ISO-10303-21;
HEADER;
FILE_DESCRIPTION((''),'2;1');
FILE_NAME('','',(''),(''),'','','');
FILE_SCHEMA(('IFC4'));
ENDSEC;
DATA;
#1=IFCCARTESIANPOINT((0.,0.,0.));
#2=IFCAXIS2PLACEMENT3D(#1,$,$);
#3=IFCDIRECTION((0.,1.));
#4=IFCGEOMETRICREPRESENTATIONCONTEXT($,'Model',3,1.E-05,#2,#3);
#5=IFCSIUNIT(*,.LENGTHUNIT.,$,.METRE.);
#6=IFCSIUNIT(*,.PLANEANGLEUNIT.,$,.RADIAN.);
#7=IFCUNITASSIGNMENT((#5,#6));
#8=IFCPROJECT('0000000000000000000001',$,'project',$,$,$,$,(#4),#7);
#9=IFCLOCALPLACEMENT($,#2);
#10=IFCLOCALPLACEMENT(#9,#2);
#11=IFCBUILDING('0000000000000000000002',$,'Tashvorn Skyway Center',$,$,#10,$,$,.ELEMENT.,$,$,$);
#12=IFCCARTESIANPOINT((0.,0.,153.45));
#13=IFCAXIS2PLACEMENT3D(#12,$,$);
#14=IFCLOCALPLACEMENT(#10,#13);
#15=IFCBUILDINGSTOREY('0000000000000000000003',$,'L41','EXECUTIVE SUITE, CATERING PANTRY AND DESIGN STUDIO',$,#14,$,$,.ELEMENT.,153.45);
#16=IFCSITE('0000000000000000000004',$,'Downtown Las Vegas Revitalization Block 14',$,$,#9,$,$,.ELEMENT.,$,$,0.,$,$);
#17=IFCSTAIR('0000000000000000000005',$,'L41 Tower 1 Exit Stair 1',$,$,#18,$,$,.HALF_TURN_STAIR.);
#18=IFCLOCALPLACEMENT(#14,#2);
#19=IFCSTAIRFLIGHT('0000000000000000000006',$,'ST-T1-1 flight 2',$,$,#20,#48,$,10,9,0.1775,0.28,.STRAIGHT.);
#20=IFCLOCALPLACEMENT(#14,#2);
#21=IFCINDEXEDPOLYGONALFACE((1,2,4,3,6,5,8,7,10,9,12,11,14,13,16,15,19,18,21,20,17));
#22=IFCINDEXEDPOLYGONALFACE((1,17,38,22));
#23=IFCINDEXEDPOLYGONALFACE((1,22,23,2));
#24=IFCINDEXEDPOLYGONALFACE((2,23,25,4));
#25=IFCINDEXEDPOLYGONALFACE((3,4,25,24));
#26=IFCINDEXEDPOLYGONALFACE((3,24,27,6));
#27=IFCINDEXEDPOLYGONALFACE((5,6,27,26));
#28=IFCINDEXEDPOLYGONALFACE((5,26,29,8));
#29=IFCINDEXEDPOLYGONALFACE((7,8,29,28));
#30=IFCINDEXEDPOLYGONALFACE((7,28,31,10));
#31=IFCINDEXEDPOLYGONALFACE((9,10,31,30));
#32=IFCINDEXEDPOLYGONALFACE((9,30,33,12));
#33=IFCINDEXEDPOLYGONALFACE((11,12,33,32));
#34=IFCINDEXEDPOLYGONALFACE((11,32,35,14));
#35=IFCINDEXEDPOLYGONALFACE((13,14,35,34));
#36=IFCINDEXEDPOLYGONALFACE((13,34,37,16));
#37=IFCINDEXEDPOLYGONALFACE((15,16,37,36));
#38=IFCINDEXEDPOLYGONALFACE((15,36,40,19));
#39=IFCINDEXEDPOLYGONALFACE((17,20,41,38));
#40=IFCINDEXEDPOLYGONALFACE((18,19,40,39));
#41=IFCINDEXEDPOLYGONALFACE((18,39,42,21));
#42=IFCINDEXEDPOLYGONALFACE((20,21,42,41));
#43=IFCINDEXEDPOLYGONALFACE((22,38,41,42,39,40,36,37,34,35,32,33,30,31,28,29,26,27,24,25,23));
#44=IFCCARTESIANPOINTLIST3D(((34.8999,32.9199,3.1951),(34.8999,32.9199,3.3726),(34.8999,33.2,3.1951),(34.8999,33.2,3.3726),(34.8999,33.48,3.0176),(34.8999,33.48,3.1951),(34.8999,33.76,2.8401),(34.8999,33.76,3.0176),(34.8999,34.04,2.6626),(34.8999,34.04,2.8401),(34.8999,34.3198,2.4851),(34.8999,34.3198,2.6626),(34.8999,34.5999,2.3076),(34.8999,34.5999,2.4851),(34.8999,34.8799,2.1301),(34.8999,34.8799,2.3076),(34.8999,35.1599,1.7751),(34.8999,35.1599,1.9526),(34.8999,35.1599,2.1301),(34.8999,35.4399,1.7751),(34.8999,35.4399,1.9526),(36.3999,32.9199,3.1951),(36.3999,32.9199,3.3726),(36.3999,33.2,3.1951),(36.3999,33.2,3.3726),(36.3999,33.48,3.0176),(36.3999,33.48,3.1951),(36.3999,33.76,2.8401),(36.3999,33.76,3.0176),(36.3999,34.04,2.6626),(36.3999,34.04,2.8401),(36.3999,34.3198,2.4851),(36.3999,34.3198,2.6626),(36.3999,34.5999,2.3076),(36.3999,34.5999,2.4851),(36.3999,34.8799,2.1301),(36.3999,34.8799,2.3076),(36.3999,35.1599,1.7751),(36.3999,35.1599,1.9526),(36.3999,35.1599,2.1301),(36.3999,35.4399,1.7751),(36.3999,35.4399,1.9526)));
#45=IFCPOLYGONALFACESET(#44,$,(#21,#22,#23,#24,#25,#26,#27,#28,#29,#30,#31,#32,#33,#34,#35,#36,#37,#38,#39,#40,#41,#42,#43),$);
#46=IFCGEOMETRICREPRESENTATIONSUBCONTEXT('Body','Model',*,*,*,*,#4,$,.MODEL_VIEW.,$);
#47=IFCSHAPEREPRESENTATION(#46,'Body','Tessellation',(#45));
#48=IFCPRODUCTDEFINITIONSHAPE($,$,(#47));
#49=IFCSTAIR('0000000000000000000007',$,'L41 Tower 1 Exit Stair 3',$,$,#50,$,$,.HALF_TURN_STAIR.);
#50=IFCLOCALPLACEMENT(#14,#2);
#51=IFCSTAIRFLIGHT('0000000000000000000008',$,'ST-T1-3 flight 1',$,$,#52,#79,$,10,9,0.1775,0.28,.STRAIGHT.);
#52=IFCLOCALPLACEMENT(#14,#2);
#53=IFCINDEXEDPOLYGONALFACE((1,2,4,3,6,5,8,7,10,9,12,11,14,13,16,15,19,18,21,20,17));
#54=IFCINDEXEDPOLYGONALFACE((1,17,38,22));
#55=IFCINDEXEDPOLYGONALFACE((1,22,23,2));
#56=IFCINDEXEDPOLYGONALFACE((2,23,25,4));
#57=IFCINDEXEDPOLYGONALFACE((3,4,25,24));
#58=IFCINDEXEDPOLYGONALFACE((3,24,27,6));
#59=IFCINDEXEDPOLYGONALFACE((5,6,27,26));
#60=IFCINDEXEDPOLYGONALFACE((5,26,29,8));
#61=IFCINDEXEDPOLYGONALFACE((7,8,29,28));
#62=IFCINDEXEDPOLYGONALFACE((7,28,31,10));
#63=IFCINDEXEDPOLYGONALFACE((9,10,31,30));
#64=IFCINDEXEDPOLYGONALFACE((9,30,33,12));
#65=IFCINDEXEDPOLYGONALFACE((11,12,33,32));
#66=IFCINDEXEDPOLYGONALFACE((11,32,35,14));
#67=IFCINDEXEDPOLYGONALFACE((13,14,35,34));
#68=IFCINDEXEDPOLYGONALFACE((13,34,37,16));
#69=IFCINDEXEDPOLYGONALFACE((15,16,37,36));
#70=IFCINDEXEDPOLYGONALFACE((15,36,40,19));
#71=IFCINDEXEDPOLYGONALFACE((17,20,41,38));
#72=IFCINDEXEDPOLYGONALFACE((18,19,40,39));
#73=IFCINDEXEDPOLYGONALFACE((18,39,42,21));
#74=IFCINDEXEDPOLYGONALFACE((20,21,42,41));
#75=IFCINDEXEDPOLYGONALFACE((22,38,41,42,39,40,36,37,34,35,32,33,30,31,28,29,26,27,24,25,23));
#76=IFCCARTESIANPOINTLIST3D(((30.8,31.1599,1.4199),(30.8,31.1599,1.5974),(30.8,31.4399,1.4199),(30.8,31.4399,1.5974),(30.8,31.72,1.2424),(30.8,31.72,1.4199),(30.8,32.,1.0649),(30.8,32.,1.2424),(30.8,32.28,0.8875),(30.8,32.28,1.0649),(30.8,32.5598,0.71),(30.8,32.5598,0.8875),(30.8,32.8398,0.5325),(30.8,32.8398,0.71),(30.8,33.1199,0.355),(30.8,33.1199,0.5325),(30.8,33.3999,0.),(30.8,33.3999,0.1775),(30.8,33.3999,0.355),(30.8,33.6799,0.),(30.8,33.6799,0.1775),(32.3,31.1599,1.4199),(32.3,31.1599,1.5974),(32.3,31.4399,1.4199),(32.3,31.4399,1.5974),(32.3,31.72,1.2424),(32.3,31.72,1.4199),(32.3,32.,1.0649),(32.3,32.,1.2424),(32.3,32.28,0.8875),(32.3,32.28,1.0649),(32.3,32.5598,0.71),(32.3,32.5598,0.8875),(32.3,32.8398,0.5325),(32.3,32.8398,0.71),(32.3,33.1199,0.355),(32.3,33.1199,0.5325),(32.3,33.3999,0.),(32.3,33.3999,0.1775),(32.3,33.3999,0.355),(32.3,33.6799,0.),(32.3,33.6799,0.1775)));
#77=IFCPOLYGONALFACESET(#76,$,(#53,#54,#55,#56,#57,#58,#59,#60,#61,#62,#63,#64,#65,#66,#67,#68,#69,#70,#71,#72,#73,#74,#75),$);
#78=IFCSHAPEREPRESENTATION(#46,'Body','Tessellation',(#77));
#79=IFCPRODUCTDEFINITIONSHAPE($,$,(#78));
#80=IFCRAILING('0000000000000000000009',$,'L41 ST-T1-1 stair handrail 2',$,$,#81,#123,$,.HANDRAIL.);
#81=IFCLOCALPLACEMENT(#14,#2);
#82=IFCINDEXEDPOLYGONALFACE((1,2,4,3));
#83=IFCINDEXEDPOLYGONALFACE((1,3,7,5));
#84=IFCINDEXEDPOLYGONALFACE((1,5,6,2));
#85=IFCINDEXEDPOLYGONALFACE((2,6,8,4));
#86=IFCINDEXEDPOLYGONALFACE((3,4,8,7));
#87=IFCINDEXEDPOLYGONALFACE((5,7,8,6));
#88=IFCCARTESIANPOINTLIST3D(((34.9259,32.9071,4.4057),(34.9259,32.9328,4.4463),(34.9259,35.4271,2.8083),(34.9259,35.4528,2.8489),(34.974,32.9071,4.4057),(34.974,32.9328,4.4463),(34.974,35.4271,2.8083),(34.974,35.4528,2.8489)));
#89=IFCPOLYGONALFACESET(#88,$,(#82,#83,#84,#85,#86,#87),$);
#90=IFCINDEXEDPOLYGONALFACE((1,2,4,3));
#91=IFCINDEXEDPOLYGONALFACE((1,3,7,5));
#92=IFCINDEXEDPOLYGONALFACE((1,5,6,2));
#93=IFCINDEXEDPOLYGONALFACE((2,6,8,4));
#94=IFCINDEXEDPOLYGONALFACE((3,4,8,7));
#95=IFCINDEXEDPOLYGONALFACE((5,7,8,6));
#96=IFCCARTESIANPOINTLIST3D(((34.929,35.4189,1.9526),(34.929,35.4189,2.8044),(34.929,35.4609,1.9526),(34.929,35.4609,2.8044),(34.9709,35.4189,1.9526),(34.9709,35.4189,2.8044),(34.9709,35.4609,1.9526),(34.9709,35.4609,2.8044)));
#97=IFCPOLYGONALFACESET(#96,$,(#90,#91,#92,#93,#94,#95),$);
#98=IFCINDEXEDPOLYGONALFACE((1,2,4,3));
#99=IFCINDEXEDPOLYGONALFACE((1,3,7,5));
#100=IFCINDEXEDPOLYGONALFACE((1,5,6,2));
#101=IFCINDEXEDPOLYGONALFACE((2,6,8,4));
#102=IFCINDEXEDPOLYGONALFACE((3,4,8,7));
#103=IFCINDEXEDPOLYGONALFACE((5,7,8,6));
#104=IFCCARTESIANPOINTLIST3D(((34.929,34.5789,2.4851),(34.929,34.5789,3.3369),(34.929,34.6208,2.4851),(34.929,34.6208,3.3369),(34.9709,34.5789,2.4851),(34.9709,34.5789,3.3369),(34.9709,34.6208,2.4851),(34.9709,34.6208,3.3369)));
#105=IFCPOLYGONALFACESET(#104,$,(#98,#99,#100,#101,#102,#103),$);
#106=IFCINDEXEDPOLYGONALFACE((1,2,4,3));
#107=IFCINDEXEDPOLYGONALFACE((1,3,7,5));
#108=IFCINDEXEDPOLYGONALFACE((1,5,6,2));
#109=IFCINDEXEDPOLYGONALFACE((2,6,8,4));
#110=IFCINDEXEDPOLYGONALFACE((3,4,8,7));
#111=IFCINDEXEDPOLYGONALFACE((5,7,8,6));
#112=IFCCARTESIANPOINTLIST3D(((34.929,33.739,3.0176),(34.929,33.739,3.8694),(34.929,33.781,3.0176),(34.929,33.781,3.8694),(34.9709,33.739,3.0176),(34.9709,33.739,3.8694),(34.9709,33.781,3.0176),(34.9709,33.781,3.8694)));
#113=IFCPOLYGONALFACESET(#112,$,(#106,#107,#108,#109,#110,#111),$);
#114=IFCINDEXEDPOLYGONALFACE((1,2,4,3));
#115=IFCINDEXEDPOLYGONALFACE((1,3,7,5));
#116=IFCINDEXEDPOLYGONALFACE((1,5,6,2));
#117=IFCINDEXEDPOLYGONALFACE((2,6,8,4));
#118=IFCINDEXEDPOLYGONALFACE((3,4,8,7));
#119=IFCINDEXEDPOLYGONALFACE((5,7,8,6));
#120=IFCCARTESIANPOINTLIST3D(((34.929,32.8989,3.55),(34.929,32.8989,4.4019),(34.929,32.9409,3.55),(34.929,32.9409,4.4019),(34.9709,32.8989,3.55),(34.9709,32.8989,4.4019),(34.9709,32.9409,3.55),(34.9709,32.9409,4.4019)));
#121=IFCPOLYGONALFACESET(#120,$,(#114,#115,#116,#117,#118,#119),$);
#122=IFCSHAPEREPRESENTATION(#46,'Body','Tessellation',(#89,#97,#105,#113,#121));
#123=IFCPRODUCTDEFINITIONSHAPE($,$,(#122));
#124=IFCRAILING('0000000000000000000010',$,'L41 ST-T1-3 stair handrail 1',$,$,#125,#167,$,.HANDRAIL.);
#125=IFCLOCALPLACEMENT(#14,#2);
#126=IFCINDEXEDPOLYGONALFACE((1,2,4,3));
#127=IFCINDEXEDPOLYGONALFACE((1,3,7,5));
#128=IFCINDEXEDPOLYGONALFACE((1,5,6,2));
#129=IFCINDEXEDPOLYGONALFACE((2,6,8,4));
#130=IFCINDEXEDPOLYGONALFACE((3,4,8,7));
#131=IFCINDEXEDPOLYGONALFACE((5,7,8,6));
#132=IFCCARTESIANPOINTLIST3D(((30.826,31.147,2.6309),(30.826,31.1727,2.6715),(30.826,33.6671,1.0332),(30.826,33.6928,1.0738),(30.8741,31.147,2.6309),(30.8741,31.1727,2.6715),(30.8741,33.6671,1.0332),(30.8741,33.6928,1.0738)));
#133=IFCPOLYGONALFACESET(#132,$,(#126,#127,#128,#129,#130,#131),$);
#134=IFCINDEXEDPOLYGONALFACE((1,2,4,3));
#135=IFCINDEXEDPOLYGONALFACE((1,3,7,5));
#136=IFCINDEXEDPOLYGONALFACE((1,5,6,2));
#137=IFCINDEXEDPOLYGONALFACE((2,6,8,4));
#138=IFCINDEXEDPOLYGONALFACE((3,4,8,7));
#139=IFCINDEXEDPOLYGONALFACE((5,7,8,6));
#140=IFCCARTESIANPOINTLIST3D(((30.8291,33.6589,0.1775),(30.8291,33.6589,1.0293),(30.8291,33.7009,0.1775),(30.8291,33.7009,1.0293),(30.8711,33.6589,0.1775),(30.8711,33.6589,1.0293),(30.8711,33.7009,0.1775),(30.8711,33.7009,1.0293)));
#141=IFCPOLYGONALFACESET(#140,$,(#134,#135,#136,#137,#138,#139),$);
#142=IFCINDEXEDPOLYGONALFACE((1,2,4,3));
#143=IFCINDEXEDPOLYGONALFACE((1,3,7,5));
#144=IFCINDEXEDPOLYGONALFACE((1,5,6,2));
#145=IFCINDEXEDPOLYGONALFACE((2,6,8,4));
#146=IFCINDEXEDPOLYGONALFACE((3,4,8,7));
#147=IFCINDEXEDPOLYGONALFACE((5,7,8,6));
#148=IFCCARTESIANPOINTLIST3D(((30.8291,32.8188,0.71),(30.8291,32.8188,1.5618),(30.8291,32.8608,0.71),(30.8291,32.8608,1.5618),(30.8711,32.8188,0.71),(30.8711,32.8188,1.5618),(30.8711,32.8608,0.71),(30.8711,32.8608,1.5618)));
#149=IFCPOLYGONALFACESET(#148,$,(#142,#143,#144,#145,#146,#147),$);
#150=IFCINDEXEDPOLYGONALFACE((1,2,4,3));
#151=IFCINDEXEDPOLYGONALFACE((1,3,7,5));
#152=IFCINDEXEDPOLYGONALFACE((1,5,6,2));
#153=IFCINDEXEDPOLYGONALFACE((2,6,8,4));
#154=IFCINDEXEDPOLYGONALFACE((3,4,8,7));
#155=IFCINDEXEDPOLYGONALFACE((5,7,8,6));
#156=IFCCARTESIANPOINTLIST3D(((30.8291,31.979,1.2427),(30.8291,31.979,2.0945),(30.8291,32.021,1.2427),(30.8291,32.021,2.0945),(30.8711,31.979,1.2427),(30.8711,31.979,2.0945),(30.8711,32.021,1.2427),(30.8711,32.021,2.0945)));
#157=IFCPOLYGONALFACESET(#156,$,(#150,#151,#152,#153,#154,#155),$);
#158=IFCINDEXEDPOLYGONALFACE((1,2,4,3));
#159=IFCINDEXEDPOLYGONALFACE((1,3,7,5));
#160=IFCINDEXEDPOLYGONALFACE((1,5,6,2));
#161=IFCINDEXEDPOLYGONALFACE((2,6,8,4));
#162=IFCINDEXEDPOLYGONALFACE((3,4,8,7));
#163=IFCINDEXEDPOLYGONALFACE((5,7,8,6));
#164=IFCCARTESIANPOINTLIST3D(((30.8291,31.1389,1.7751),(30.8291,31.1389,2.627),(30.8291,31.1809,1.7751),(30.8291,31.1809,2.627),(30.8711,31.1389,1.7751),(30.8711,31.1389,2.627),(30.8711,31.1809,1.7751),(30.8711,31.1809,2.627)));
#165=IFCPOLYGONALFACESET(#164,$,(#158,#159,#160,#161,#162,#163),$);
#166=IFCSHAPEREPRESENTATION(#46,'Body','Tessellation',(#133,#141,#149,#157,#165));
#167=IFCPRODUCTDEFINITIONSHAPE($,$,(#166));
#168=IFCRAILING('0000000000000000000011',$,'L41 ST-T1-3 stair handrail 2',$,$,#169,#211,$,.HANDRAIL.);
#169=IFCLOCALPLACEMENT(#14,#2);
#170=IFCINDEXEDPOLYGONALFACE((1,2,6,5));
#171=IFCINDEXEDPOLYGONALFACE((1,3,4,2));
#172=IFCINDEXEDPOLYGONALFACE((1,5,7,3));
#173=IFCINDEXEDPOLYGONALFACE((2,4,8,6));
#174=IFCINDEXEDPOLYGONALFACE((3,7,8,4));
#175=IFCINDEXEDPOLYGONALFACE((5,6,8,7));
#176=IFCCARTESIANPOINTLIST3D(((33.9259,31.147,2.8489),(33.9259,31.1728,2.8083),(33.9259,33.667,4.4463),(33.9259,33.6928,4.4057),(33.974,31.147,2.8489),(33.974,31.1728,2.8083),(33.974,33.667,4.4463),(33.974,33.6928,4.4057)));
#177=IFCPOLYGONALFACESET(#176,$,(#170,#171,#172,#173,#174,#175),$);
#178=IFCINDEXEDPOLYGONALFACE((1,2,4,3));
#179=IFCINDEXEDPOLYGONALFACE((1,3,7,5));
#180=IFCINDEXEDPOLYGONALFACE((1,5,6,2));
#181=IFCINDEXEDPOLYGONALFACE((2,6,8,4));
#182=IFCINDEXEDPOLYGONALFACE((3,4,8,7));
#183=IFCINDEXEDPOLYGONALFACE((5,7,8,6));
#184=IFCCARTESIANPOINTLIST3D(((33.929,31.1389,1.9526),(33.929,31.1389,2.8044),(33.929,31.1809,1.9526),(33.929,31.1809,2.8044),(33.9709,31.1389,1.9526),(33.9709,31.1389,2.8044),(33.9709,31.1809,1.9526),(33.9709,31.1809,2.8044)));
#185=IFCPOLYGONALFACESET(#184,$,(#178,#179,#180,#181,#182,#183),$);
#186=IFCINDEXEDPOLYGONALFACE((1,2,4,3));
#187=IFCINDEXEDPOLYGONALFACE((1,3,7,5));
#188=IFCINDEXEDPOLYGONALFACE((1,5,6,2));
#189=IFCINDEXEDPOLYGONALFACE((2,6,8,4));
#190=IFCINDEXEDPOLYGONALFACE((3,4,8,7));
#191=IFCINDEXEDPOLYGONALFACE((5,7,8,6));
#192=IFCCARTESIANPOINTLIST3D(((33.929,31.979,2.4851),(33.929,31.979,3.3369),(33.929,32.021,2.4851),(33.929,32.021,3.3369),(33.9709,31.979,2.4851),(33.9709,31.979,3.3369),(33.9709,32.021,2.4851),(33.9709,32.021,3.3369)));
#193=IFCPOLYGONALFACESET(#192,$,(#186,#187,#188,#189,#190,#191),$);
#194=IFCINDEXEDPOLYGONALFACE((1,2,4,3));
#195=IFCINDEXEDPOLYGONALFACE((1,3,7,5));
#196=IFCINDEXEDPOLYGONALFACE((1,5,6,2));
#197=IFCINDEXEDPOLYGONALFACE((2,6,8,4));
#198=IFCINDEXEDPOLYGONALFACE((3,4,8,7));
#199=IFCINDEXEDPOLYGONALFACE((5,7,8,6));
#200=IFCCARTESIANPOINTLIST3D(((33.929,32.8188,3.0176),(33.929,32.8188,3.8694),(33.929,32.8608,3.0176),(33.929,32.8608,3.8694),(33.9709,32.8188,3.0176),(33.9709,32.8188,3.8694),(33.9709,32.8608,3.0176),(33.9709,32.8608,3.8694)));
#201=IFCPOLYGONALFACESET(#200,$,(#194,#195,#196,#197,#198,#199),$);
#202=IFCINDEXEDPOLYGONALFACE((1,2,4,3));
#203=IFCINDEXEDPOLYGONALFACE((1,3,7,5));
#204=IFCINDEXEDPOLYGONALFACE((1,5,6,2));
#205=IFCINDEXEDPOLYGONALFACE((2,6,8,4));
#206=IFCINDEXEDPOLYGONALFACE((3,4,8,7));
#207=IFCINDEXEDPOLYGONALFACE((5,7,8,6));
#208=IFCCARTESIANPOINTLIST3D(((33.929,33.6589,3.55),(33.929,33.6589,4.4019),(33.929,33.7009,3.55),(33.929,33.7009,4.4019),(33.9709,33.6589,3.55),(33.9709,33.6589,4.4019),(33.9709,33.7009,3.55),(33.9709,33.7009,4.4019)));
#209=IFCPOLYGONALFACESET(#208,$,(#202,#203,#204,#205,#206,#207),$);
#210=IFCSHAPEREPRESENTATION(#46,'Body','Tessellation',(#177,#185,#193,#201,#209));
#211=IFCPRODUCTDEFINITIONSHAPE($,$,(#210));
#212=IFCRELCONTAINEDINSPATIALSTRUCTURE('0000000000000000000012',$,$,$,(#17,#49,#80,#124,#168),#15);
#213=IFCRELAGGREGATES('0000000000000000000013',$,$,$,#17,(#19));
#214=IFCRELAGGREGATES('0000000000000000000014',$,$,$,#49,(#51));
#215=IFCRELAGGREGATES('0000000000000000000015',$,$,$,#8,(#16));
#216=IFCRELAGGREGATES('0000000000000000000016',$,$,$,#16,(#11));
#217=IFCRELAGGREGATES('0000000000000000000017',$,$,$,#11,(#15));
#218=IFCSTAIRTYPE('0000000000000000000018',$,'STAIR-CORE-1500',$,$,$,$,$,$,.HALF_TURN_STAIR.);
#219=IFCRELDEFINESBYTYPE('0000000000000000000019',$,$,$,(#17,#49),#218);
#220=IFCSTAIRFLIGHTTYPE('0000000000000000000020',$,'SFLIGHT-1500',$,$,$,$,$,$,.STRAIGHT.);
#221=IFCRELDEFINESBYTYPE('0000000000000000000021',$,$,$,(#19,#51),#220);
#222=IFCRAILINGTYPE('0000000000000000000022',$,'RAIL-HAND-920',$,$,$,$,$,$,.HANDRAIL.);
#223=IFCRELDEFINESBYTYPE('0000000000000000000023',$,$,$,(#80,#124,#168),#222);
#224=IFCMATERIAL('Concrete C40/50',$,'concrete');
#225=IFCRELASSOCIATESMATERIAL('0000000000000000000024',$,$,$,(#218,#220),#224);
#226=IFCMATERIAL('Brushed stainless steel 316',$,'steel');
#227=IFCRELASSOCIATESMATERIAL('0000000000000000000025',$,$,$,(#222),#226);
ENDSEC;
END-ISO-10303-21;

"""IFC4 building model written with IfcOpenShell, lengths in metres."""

from ifc_helpers import new_model, si_unit, direction, frame, origin, origin_2d, place, context, subcontext, project, spatial, polyline, rectangle, outline, extrude, material, type_object, element, aggregate, save


model = new_model("IFC4")

# Units and contexts
model_context = context("Model", 3, precision=1e-05, world=origin(), true_north=direction((0.0, 1.0)))
body_context = subcontext(model_context, "Body", "Model", "MODEL_VIEW")
ifc_project = project(units=[si_unit("LENGTHUNIT", "METRE"), si_unit("PLANEANGLEUNIT", "RADIAN")], contexts=[model_context])

# Site, building, storey
site_placement = place(None, origin())
site = spatial("IfcSite", under=ifc_project, at=site_placement, Name="Downtown Las Vegas Revitalization Block 14", CompositionType="ELEMENT", RefElevation=0.0)
building_placement = place(site_placement, origin())
building = spatial("IfcBuilding", under=site, at=building_placement, Name="Tashvorn Skyway Center", CompositionType="ELEMENT")
storey_placement = place(building_placement, frame((0.0, 0.0, 153.45)))
storey = spatial("IfcBuildingStorey", under=building, at=storey_placement, Name="L41", Description="EXECUTIVE SUITE, CATERING PANTRY AND DESIGN STUDIO", CompositionType="ELEMENT", Elevation=153.45)

# Shared definitions
ifc_material_1 = material(Name="Concrete C40/50", Category="concrete")

# Stairs, stair flights
stair_type = type_object("IfcStairType", Name="STAIR-CORE-1500", PredefinedType="HALF_TURN_STAIR", material=ifc_material_1)
stair_1_placement = place(storey_placement, origin())
stair_1 = element("IfcStair", 1, at=stair_1_placement, inside=storey, type_object=stair_type, Name="L41 Tower 1 Exit Stair 1", PredefinedType="HALF_TURN_STAIR")
stair_flight_type = type_object("IfcStairFlightType", Name="SFLIGHT-1500", PredefinedType="STRAIGHT", material=ifc_material_1)
stair_flight_1_placement = place(storey_placement, frame((35.6499, 35.4399, 1.7751), z_axis=(0.0, 0.0, 1.0), x_axis=(0.0, -1.0, 0.0)))
stair_flight_1 = element("IfcStairFlight", 2, at=stair_flight_1_placement, type_object=stair_flight_type, Name="ST-T1-1 flight 2", NumberOfRisers=10, NumberOfTreads=9, PredefinedType="STRAIGHT", RiserHeight=0.1775, TreadLength=0.28, context=body_context, shape_type="SweptSolid", body=[
    extrude(outline(polyline([(0.0, 0.0), (0.0, 0.1775), (0.28, 0.1775), (0.28, 0.355), (0.5601, 0.355), (0.5601, 0.5325), (0.8401, 0.5325), (0.8401, 0.71), (1.1201, 0.71), (1.1201, 0.8875), (1.3999, 0.8875), (1.3999, 1.0649), (1.6799, 1.0649), (1.6799, 1.2424), (1.96, 1.2424), (1.96, 1.4199), (2.24, 1.4199), (2.24, 1.5974), (2.52, 1.5974), (2.52, 1.7749), (2.52, 1.4199), (0.28, 0.0), (0.0, 0.0)])), frame((0.0, 0.75, 0.0), z_axis=(0.0, -1.0, 0.0), x_axis=(1.0, 0.0, 0.0)), (0.0, 0.0, 1.0), 1.5),
])
aggregate(stair_1, [stair_flight_1])
stair_2_placement = place(storey_placement, origin())
stair_2 = element("IfcStair", 3, at=stair_2_placement, inside=storey, type_object=stair_type, Name="L41 Tower 1 Exit Stair 3", PredefinedType="HALF_TURN_STAIR")
stair_flight_2_placement = place(storey_placement, frame((31.55, 33.6799, 0.0), z_axis=(0.0, 0.0, 1.0), x_axis=(0.0, -1.0, 0.0)))
stair_flight_2 = element("IfcStairFlight", 4, at=stair_flight_2_placement, type_object=stair_flight_type, Name="ST-T1-3 flight 1", NumberOfRisers=10, NumberOfTreads=9, PredefinedType="STRAIGHT", RiserHeight=0.1775, TreadLength=0.28, context=body_context, shape_type="SweptSolid", body=[
    extrude(outline(polyline([(0.0, 0.0), (0.0, 0.1775), (0.28, 0.1775), (0.28, 0.355), (0.5601, 0.355), (0.5601, 0.5325), (0.8401, 0.5325), (0.8401, 0.71), (1.1201, 0.71), (1.1201, 0.8875), (1.3999, 0.8875), (1.3999, 1.0649), (1.6799, 1.0649), (1.6799, 1.2424), (1.96, 1.2424), (1.96, 1.4199), (2.24, 1.4199), (2.24, 1.5974), (2.52, 1.5974), (2.52, 1.7749), (2.52, 1.4199), (0.28, 0.0), (0.0, 0.0)])), frame((0.0, 0.75, 0.0), z_axis=(0.0, -1.0, 0.0), x_axis=(1.0, 0.0, 0.0)), (0.0, 0.0, 1.0), 1.5),
])
aggregate(stair_2, [stair_flight_2])

# Railings
ifc_material_2 = material(Name="Brushed stainless steel 316", Category="steel")
railing_type_1 = type_object("IfcRailingType", Name="RAIL-HAND-920", PredefinedType="HANDRAIL", material=ifc_material_2)
railing_1_placement = place(storey_placement, frame((34.95, 35.4399, 1.9526)))
element("IfcRailing", 5, at=railing_1_placement, inside=storey, type_object=railing_type_1, Name="L41 ST-T1-1 stair handrail 2", PredefinedType="HANDRAIL", context=body_context, shape_type="SweptSolid", body=[
    extrude(rectangle(XDim=0.0481, YDim=0.0481, at=origin_2d()), frame((0.0, 0.0, 0.876), z_axis=(0.0, -0.844607, 0.535387), x_axis=(1.0, 0.0, 0.0)), (0.0, 0.0, 1.0), 2.9836),
    extrude(rectangle(XDim=0.042, YDim=0.042, at=origin_2d()), origin(), (0.0, 0.0, 1.0), 0.8518),
    extrude(rectangle(XDim=0.042, YDim=0.042, at=origin_2d()), frame((0.0, -0.8401, 0.5325)), (0.0, 0.0, 1.0), 0.8518),
    extrude(rectangle(XDim=0.042, YDim=0.042, at=origin_2d()), frame((0.0, -1.6799, 1.0649)), (0.0, 0.0, 1.0), 0.8518),
    extrude(rectangle(XDim=0.042, YDim=0.042, at=origin_2d()), frame((0.0, -2.52, 1.5974)), (0.0, 0.0, 1.0), 0.8518),
])
railing_2_placement = place(storey_placement, frame((30.8501, 33.6799, 0.1775)))
element("IfcRailing", 6, at=railing_2_placement, inside=storey, type_object=railing_type_1, Name="L41 ST-T1-3 stair handrail 1", PredefinedType="HANDRAIL", context=body_context, shape_type="SweptSolid", body=[
    extrude(rectangle(XDim=0.0481, YDim=0.0481, at=origin_2d()), frame((0.0, 0.0, 0.876), z_axis=(0.0, -0.84457, 0.535445), x_axis=(1.0, 0.0, 0.0)), (0.0, 0.0, 1.0), 2.9839),
    extrude(rectangle(XDim=0.042, YDim=0.042, at=origin_2d()), origin(), (0.0, 0.0, 1.0), 0.8518),
    extrude(rectangle(XDim=0.042, YDim=0.042, at=origin_2d()), frame((0.0, -0.8401, 0.5325)), (0.0, 0.0, 1.0), 0.8518),
    extrude(rectangle(XDim=0.042, YDim=0.042, at=origin_2d()), frame((0.0, -1.6799, 1.0652)), (0.0, 0.0, 1.0), 0.8518),
    extrude(rectangle(XDim=0.042, YDim=0.042, at=origin_2d()), frame((0.0, -2.52, 1.5977)), (0.0, 0.0, 1.0), 0.8518),
])
railing_3_placement = place(storey_placement, frame((33.95, 31.1599, 1.9526)))
element("IfcRailing", 7, at=railing_3_placement, inside=storey, type_object=railing_type_1, Name="L41 ST-T1-3 stair handrail 2", PredefinedType="HANDRAIL", context=body_context, shape_type="SweptSolid", body=[
    extrude(rectangle(XDim=0.0481, YDim=0.0481, at=origin_2d()), frame((0.0, 0.0, 0.876), z_axis=(0.0, 0.844607, 0.535387), x_axis=(-1.0, 0.0, 0.0)), (0.0, 0.0, 1.0), 2.9836),
    extrude(rectangle(XDim=0.042, YDim=0.042, at=origin_2d()), origin(), (0.0, 0.0, 1.0), 0.8518),
    extrude(rectangle(XDim=0.042, YDim=0.042, at=origin_2d()), frame((0.0, 0.8401, 0.5325)), (0.0, 0.0, 1.0), 0.8518),
    extrude(rectangle(XDim=0.042, YDim=0.042, at=origin_2d()), frame((0.0, 1.6799, 1.0649)), (0.0, 0.0, 1.0), 0.8518),
    extrude(rectangle(XDim=0.042, YDim=0.042, at=origin_2d()), frame((0.0, 2.52, 1.5974)), (0.0, 0.0, 1.0), 0.8518),
])

save(model, "model.ifc")
